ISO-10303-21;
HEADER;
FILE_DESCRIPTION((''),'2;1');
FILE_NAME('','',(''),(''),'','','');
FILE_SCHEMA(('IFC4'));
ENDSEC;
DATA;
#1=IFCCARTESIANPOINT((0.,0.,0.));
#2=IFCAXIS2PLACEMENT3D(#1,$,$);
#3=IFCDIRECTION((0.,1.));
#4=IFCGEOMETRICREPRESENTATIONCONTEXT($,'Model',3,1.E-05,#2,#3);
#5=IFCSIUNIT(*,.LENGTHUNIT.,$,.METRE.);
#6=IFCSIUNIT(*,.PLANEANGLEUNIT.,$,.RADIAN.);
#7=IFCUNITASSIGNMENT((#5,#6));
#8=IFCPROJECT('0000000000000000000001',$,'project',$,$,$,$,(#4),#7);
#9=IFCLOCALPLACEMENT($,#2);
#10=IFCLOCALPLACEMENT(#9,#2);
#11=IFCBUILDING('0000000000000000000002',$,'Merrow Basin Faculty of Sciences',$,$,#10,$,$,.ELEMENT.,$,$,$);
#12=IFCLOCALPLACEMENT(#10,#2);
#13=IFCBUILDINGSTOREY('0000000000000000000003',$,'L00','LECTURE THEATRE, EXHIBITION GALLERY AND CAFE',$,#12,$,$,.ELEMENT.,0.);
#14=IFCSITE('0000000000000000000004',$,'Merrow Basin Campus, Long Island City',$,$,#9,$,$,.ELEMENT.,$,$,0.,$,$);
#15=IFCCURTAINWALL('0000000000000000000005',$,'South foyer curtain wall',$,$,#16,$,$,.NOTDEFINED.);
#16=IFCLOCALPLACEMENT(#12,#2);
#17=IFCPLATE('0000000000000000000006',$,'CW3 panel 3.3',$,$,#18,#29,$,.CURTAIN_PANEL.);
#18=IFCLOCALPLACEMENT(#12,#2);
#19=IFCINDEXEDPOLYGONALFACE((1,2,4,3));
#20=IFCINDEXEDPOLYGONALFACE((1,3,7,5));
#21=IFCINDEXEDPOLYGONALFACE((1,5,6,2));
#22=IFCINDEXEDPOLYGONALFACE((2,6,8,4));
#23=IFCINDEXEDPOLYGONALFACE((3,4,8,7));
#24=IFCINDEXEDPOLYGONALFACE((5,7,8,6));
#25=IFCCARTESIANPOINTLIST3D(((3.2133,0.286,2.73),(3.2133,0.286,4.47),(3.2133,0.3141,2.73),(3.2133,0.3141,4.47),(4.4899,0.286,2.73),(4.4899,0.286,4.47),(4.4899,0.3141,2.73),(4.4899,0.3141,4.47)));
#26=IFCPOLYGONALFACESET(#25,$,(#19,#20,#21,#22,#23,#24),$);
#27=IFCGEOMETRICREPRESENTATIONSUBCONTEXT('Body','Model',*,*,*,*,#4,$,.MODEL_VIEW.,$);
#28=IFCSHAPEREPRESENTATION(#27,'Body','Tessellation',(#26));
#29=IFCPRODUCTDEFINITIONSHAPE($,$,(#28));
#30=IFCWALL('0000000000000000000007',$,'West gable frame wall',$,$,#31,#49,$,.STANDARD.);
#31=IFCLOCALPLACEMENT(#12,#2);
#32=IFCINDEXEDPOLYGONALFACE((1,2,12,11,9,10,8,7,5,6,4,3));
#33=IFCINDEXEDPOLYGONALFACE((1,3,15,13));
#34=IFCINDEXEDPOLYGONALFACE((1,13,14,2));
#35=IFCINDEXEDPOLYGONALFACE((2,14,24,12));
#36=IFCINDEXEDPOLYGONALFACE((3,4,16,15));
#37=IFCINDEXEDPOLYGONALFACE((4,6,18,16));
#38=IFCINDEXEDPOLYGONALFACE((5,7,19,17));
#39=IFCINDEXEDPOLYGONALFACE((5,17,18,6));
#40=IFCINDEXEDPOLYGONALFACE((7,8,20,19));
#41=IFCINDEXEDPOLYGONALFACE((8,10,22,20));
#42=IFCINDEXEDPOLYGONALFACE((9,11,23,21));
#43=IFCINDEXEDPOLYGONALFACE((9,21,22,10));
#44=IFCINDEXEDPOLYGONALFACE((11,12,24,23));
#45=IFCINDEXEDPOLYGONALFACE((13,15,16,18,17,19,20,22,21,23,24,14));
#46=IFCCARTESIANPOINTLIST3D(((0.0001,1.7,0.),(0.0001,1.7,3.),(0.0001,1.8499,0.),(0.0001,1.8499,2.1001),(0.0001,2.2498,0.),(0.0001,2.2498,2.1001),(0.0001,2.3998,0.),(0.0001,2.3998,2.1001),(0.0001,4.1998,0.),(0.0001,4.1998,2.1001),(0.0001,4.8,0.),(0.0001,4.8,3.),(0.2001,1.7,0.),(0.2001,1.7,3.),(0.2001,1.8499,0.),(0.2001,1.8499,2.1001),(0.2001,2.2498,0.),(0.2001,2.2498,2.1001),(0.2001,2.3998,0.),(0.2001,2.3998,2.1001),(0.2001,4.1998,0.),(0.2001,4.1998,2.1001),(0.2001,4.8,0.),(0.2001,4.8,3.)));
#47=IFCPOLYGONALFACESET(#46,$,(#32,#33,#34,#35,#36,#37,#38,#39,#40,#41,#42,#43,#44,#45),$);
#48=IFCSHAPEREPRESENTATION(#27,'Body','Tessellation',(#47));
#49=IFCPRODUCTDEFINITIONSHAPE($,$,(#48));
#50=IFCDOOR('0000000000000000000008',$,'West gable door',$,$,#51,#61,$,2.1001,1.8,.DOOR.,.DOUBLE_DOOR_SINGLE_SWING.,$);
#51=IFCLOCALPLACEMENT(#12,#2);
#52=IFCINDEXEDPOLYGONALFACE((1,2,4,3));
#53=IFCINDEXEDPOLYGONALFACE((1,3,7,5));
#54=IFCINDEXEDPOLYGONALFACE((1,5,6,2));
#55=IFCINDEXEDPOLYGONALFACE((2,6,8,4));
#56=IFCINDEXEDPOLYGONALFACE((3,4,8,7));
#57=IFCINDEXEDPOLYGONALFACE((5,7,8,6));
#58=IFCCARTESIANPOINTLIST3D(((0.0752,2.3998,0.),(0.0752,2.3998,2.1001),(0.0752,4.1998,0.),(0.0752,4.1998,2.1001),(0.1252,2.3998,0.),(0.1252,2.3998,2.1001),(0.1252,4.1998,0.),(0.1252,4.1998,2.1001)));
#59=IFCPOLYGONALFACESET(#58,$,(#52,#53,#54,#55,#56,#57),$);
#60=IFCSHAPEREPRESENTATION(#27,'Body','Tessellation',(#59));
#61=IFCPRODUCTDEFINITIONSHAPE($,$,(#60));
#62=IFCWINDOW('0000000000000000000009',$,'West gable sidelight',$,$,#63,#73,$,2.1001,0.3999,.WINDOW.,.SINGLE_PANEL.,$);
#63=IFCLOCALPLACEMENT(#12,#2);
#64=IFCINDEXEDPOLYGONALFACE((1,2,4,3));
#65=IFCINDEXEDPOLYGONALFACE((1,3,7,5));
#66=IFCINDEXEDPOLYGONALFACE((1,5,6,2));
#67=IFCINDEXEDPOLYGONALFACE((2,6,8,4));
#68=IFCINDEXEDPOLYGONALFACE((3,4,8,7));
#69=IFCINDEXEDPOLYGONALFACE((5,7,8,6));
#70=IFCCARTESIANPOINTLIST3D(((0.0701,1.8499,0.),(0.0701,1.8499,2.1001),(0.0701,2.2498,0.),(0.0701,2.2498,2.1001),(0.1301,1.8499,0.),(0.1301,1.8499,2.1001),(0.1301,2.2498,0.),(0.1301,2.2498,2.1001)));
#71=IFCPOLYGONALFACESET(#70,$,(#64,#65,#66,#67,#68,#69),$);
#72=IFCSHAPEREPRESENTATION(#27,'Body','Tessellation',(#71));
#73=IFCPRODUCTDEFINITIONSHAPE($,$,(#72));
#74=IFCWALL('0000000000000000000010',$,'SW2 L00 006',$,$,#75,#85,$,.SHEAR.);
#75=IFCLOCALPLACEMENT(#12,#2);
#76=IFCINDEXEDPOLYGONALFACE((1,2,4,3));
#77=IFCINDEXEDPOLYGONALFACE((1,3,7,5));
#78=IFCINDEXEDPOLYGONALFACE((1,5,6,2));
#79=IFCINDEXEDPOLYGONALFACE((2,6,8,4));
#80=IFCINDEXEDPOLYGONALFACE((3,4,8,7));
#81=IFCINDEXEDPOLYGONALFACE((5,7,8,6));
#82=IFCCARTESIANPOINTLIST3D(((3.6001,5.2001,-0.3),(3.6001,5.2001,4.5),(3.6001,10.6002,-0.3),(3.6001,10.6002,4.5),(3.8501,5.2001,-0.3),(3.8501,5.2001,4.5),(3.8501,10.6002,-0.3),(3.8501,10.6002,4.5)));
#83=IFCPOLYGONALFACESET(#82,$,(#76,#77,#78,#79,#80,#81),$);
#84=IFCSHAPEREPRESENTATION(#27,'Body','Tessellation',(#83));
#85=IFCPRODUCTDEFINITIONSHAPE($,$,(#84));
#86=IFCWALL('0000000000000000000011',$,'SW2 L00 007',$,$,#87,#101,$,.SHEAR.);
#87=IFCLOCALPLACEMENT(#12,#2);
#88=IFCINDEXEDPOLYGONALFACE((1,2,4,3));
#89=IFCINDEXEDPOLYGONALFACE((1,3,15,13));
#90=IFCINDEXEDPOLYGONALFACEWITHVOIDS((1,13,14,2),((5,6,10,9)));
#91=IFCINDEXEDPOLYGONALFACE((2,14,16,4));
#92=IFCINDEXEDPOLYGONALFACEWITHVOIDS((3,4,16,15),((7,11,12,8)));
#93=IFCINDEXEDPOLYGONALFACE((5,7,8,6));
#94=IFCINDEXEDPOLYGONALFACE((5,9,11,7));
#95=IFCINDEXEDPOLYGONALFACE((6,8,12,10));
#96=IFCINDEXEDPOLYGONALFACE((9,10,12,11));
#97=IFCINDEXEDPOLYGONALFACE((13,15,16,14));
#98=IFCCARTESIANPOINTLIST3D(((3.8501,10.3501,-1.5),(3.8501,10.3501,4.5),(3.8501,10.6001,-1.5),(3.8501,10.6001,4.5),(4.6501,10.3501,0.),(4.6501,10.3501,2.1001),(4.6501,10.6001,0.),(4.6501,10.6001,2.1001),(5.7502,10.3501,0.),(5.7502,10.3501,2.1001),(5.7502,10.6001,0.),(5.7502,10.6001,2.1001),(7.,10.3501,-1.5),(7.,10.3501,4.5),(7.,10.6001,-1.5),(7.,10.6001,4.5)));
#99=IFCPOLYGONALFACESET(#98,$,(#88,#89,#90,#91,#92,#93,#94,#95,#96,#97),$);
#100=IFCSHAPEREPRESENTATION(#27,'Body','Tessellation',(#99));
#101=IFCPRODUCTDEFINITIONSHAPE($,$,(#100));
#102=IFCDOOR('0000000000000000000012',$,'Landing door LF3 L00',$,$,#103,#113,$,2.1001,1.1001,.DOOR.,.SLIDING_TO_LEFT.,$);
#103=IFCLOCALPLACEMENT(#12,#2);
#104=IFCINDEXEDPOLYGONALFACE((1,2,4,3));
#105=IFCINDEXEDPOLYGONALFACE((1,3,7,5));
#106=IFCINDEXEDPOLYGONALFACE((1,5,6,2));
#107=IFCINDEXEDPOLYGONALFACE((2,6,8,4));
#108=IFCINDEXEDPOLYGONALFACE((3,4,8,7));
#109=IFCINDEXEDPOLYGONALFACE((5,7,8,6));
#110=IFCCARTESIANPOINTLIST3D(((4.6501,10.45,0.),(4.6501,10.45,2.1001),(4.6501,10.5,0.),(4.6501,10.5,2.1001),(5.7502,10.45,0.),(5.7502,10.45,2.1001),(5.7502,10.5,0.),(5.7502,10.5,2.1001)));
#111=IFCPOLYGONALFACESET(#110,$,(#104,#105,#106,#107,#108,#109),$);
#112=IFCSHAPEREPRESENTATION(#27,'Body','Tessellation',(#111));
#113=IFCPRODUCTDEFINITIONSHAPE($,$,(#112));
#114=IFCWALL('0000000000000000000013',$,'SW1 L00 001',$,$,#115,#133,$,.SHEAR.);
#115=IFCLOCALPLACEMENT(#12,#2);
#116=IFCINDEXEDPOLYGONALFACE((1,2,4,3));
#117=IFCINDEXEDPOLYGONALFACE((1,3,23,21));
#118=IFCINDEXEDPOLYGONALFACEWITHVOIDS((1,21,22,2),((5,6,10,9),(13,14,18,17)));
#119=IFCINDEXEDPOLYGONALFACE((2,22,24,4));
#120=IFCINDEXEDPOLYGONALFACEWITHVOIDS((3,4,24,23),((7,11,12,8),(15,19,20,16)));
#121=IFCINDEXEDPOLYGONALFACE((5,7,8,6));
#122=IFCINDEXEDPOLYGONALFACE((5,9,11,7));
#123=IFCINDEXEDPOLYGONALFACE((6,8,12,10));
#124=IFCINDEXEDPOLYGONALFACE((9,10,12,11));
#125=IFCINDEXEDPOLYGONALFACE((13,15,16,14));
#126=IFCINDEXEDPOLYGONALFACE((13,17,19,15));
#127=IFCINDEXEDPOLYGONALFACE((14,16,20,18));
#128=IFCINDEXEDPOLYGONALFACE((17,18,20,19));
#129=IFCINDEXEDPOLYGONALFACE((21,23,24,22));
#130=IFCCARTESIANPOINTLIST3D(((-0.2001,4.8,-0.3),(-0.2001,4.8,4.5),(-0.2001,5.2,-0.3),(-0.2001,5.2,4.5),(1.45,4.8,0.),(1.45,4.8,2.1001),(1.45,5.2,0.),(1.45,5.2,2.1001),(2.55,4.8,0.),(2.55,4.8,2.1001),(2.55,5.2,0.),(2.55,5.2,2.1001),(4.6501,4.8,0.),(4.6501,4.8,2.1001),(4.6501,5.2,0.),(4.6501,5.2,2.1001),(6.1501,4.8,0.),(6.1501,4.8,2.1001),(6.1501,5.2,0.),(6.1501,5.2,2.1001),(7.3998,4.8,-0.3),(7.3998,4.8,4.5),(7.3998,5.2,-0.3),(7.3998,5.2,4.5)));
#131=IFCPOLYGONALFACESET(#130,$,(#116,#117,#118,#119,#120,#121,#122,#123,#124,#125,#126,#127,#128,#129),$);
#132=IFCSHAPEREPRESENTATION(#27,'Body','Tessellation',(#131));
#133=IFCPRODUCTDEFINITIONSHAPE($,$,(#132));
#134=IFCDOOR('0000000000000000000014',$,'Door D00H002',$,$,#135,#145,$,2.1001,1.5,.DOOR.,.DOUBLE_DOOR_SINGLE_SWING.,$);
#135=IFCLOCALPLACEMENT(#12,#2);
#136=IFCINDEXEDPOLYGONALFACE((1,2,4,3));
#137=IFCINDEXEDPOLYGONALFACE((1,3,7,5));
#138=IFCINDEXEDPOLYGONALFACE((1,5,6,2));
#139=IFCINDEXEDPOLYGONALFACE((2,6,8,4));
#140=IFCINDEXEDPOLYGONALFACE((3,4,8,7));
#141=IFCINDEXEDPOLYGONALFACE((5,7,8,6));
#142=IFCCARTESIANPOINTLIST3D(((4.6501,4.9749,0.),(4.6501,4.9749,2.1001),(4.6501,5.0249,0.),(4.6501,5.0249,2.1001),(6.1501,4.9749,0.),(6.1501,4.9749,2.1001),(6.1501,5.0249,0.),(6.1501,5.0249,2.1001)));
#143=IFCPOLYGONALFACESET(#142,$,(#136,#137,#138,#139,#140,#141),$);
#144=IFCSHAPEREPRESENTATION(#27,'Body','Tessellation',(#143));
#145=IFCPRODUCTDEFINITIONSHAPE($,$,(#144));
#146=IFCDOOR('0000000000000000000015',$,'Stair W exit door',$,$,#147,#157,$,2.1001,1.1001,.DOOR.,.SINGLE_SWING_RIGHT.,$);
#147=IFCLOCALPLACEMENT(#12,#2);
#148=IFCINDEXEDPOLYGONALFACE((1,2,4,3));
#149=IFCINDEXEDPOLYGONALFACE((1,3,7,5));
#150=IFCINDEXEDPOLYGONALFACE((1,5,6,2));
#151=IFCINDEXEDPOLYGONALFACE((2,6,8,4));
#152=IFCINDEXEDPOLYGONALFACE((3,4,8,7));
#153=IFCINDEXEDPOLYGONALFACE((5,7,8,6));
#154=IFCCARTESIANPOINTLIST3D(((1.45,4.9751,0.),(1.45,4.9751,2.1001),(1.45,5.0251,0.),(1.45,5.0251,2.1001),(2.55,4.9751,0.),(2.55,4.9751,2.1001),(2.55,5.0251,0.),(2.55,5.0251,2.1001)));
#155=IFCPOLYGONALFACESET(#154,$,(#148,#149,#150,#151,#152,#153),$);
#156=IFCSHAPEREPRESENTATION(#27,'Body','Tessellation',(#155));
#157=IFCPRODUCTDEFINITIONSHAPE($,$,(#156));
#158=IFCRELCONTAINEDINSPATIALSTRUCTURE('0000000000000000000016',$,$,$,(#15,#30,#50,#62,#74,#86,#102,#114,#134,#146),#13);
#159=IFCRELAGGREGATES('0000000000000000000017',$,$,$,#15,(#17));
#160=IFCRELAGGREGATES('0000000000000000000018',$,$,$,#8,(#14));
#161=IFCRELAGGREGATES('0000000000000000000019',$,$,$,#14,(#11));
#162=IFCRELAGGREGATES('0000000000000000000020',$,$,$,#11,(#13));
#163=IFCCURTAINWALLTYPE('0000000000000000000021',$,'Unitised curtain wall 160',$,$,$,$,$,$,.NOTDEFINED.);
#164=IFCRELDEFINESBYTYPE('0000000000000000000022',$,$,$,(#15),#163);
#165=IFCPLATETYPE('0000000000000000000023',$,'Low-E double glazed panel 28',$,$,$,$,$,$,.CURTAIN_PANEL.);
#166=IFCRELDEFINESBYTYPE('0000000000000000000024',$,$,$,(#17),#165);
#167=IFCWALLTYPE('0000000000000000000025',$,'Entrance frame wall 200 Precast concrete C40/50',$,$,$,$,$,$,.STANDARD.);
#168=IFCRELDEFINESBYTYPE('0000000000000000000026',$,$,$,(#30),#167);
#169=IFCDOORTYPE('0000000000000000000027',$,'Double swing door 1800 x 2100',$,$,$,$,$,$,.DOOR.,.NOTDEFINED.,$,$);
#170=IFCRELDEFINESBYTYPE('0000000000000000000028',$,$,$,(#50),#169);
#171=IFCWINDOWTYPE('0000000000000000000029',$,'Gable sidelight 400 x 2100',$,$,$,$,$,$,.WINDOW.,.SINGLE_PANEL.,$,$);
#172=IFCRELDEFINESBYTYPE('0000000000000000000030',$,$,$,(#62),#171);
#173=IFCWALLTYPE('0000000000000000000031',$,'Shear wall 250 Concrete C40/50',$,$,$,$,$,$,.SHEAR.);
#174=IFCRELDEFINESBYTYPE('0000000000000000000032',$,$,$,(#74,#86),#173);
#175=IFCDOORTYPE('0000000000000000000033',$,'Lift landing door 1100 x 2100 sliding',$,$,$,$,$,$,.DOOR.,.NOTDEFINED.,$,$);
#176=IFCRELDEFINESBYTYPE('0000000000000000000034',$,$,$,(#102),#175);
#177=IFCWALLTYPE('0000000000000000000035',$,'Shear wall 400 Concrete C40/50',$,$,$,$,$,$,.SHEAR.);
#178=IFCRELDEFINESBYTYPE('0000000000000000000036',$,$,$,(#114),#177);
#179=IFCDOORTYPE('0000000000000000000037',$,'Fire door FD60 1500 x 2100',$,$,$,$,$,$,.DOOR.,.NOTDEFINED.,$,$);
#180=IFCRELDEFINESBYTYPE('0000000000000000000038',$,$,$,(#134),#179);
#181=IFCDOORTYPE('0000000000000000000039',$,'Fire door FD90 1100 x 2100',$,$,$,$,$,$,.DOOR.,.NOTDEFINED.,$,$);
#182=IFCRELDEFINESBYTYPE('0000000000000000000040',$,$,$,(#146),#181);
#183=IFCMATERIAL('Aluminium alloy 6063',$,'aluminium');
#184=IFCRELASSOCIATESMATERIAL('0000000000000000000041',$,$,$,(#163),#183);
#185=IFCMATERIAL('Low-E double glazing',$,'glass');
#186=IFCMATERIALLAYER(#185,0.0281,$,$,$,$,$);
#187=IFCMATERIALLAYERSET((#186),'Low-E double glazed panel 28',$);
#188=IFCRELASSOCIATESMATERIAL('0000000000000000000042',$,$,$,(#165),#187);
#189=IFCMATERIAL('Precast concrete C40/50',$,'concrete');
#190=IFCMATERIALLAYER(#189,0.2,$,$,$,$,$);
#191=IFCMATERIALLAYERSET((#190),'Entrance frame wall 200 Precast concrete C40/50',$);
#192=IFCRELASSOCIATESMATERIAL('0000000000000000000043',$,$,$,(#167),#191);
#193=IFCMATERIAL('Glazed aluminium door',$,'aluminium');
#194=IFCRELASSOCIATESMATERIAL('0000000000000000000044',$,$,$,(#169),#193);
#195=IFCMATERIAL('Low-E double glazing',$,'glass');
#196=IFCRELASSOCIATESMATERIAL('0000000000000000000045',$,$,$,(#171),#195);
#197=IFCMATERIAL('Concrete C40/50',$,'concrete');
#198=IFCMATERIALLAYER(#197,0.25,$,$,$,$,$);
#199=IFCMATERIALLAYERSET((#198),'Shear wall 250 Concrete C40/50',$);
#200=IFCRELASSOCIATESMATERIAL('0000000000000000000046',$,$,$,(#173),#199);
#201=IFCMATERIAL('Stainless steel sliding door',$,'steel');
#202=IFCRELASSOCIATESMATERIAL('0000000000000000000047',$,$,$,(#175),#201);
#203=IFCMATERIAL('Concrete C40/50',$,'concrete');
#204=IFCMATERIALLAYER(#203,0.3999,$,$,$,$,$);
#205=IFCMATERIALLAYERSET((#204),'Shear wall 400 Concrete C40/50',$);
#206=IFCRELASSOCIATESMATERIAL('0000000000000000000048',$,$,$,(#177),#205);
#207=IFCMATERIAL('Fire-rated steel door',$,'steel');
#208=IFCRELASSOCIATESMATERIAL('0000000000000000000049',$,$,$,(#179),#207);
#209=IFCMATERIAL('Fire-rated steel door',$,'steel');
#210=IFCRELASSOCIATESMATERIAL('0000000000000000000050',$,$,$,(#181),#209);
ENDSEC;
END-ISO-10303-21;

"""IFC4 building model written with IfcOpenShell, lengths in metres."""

from ifc_helpers import new_model, si_unit, direction, frame, frame_2d, origin, origin_2d, place, context, subcontext, project, spatial, rectangle, extrude, material, layer, layer_set, type_object, element, fill, aggregate, save


model = new_model("IFC4")

# Units and contexts
model_context = context("Model", 3, precision=1e-05, world=origin(), true_north=direction((0.0, 1.0)))
body_context = subcontext(model_context, "Body", "Model", "MODEL_VIEW")
ifc_project = project(units=[si_unit("LENGTHUNIT", "METRE"), si_unit("PLANEANGLEUNIT", "RADIAN")], contexts=[model_context])

# Site, building, storey
site_placement = place(None, origin())
site = spatial("IfcSite", under=ifc_project, at=site_placement, Name="Merrow Basin Campus, Long Island City", CompositionType="ELEMENT", RefElevation=0.0)
building_placement = place(site_placement, origin())
building = spatial("IfcBuilding", under=site, at=building_placement, Name="Merrow Basin Faculty of Sciences", CompositionType="ELEMENT")
storey_placement = place(building_placement, origin())
storey = spatial("IfcBuildingStorey", under=building, at=storey_placement, Name="L00", Description="LECTURE THEATRE, EXHIBITION GALLERY AND CAFE", CompositionType="ELEMENT", Elevation=0.0)

# Curtain wall, plate
ifc_material_1 = material(Name="Aluminium alloy 6063", Category="aluminium")
curtain_wall_type = type_object("IfcCurtainWallType", Name="Unitised curtain wall 160", PredefinedType="NOTDEFINED", material=ifc_material_1)
curtain_wall_placement = place(storey_placement, origin())
curtain_wall = element("IfcCurtainWall", 1, at=curtain_wall_placement, inside=storey, type_object=curtain_wall_type, Name="South foyer curtain wall", PredefinedType="NOTDEFINED")
ifc_material_2 = material(Name="Low-E double glazing", Category="glass")
ifc_layer_1 = layer(ifc_material_2, 0.0281)
ifc_layer_set_1 = layer_set([ifc_layer_1], Name="Low-E double glazed panel 28")
plate_type = type_object("IfcPlateType", Name="Low-E double glazed panel 28", PredefinedType="CURTAIN_PANEL", material=ifc_layer_set_1)
plate_1_placement = place(storey_placement, frame((3.8516, 0.3, 2.73), z_axis=(0.0, 0.0, 1.0), x_axis=(1.0, 0.0, 0.0)))
plate_1 = element("IfcPlate", 2, at=plate_1_placement, type_object=plate_type, Name="CW3 panel 3.3", PredefinedType="CURTAIN_PANEL", context=body_context, shape_type="SweptSolid", body=[
    extrude(rectangle(XDim=1.2766, YDim=0.0281, at=origin_2d()), origin(), (0.0, 0.0, 1.0), 1.74),
])
aggregate(curtain_wall, [plate_1])

# Wall, openings, door, window
ifc_material_3 = material(Name="Precast concrete C40/50", Category="concrete")
ifc_layer_2 = layer(ifc_material_3, 0.2)
ifc_layer_set_2 = layer_set([ifc_layer_2], Name="Entrance frame wall 200 Precast concrete C40/50")
wall_type_1 = type_object("IfcWallType", Name="Entrance frame wall 200 Precast concrete C40/50", PredefinedType="STANDARD", material=ifc_layer_set_2)
wall_1_placement = place(storey_placement, frame((0.1001, 1.7, 0.0), z_axis=(0.0, 0.0, 1.0), x_axis=(0.0, 1.0, 0.0)))
wall_1 = element("IfcWall", 3, at=wall_1_placement, inside=storey, type_object=wall_type_1, Name="West gable frame wall", PredefinedType="STANDARD", context=body_context, shape_type="SweptSolid", body=[
    extrude(rectangle(XDim=3.1001, YDim=0.2, at=frame_2d((1.55, 0.0))), origin(), (0.0, 0.0, 1.0), 3.0),
])
opening_1_placement = place(wall_1_placement, frame((0.7, 0.0, 0.0)))
opening_1 = element("IfcOpeningElement", 4, at=opening_1_placement, cuts=wall_1, PredefinedType="OPENING", context=body_context, shape_type="SweptSolid", body=[
    extrude(rectangle(XDim=1.8, YDim=2.1001, at=frame_2d((0.8999, 1.05))), frame((0.0, 0.1099, 0.0), z_axis=(0.0, -1.0, 0.0), x_axis=(1.0, 0.0, 0.0)), (0.0, 0.0, 1.0), 0.22),
])
opening_2_placement = place(wall_1_placement, frame((0.1499, 0.0, 0.0)))
opening_2 = element("IfcOpeningElement", 5, at=opening_2_placement, cuts=wall_1, PredefinedType="OPENING", context=body_context, shape_type="SweptSolid", body=[
    extrude(rectangle(XDim=0.3999, YDim=2.1001, at=frame_2d((0.2, 1.05))), frame((0.0, 0.1099, 0.0), z_axis=(0.0, -1.0, 0.0), x_axis=(1.0, 0.0, 0.0)), (0.0, 0.0, 1.0), 0.22),
])
ifc_material_4 = material(Name="Glazed aluminium door", Category="aluminium")
door_type_1 = type_object("IfcDoorType", Name="Double swing door 1800 x 2100", OperationType="NOTDEFINED", PredefinedType="DOOR", material=ifc_material_4)
door_1_placement = place(opening_1_placement, origin())
door_1 = element("IfcDoor", 6, at=door_1_placement, inside=storey, type_object=door_type_1, Name="West gable door", OperationType="DOUBLE_DOOR_SINGLE_SWING", OverallHeight=2.1001, OverallWidth=1.8, PredefinedType="DOOR", context=body_context, shape_type="SweptSolid", body=[
    extrude(rectangle(XDim=1.8, YDim=2.1001, at=frame_2d((0.8999, 1.05))), frame((0.0, 0.0249, 0.0), z_axis=(0.0, -1.0, 0.0), x_axis=(1.0, 0.0, 0.0)), (0.0, 0.0, 1.0), 0.05),
])
fill(opening_1, door_1)
ifc_material_5 = material(Name="Low-E double glazing", Category="glass")
window_type = type_object("IfcWindowType", Name="Gable sidelight 400 x 2100", PartitioningType="SINGLE_PANEL", PredefinedType="WINDOW", material=ifc_material_5)
window_placement = place(opening_2_placement, origin())
window = element("IfcWindow", 7, at=window_placement, inside=storey, type_object=window_type, Name="West gable sidelight", OverallHeight=2.1001, OverallWidth=0.3999, PartitioningType="SINGLE_PANEL", PredefinedType="WINDOW", context=body_context, shape_type="SweptSolid", body=[
    extrude(rectangle(XDim=0.3999, YDim=2.1001, at=frame_2d((0.2, 1.05))), frame((0.0, 0.03, 0.0), z_axis=(0.0, -1.0, 0.0), x_axis=(1.0, 0.0, 0.0)), (0.0, 0.0, 1.0), 0.0601),
])
fill(opening_2, window)

# Wall
ifc_material_6 = material(Name="Concrete C40/50", Category="concrete")
ifc_layer_3 = layer(ifc_material_6, 0.25)
ifc_layer_set_3 = layer_set([ifc_layer_3], Name="Shear wall 250 Concrete C40/50")
wall_type_2 = type_object("IfcWallType", Name="Shear wall 250 Concrete C40/50", PredefinedType="SHEAR", material=ifc_layer_set_3)
wall_2_placement = place(storey_placement, frame((3.7251, 5.2, -0.3), z_axis=(0.0, 0.0, 1.0), x_axis=(0.0, 1.0, 0.0)))
element("IfcWall", 8, at=wall_2_placement, inside=storey, type_object=wall_type_2, Name="SW2 L00 006", PredefinedType="SHEAR", context=body_context, shape_type="SweptSolid", body=[
    extrude(rectangle(XDim=5.4001, YDim=0.25, at=frame_2d((2.7002, 0.0))), origin(), (0.0, 0.0, 1.0), 4.8),
])

# Wall, opening, door
wall_3_placement = place(storey_placement, frame((3.8501, 10.4751, -1.5), z_axis=(0.0, 0.0, 1.0), x_axis=(1.0, 0.0, 0.0)))
wall_3 = element("IfcWall", 9, at=wall_3_placement, inside=storey, type_object=wall_type_2, Name="SW2 L00 007", PredefinedType="SHEAR", context=body_context, shape_type="SweptSolid", body=[
    extrude(rectangle(XDim=3.1499, YDim=0.25, at=frame_2d((1.575, 0.0))), origin(), (0.0, 0.0, 1.0), 6.0),
])
opening_3_placement = place(wall_3_placement, frame((0.8, 0.0, 1.5)))
opening_3 = element("IfcOpeningElement", 10, at=opening_3_placement, cuts=wall_3, PredefinedType="OPENING", context=body_context, shape_type="SweptSolid", body=[
    extrude(rectangle(XDim=1.1001, YDim=2.1001, at=frame_2d((0.55, 1.05))), frame((0.0, 0.135, 0.0), z_axis=(0.0, -1.0, 0.0), x_axis=(1.0, 0.0, 0.0)), (0.0, 0.0, 1.0), 0.27),
])
ifc_material_7 = material(Name="Stainless steel sliding door", Category="steel")
door_type_2 = type_object("IfcDoorType", Name="Lift landing door 1100 x 2100 sliding", OperationType="NOTDEFINED", PredefinedType="DOOR", material=ifc_material_7)
door_2_placement = place(opening_3_placement, origin())
door_2 = element("IfcDoor", 11, at=door_2_placement, inside=storey, type_object=door_type_2, Name="Landing door LF3 L00", OperationType="SLIDING_TO_LEFT", OverallHeight=2.1001, OverallWidth=1.1001, PredefinedType="DOOR", context=body_context, shape_type="SweptSolid", body=[
    extrude(rectangle(XDim=1.1001, YDim=2.1001, at=frame_2d((0.55, 1.05))), frame((0.0, 0.0249, 0.0), z_axis=(0.0, -1.0, 0.0), x_axis=(1.0, 0.0, 0.0)), (0.0, 0.0, 1.0), 0.05),
])
fill(opening_3, door_2)

# Wall, openings, doors
ifc_material_8 = material(Name="Concrete C40/50", Category="concrete")
ifc_layer_4 = layer(ifc_material_8, 0.3999)
ifc_layer_set_4 = layer_set([ifc_layer_4], Name="Shear wall 400 Concrete C40/50")
wall_type_3 = type_object("IfcWallType", Name="Shear wall 400 Concrete C40/50", PredefinedType="SHEAR", material=ifc_layer_set_4)
wall_4_placement = place(storey_placement, frame((-0.2, 5.0, -0.3), z_axis=(0.0, 0.0, 1.0), x_axis=(1.0, 0.0, 0.0)))
wall_4 = element("IfcWall", 12, at=wall_4_placement, inside=storey, type_object=wall_type_3, Name="SW1 L00 001", PredefinedType="SHEAR", context=body_context, shape_type="SweptSolid", body=[
    extrude(rectangle(XDim=7.5999, YDim=0.3999, at=frame_2d((3.7998, 0.0))), origin(), (0.0, 0.0, 1.0), 4.8),
])
opening_4_placement = place(wall_4_placement, frame((1.6499, 0.0, 0.3)))
opening_4 = element("IfcOpeningElement", 13, at=opening_4_placement, cuts=wall_4, PredefinedType="OPENING", context=body_context, shape_type="SweptSolid", body=[
    extrude(rectangle(XDim=1.1001, YDim=2.1001, at=frame_2d((0.55, 1.05))), frame((0.0, 0.21, 0.0), z_axis=(0.0, -1.0, 0.0), x_axis=(1.0, 0.0, 0.0)), (0.0, 0.0, 1.0), 0.4199),
])
opening_5_placement = place(wall_4_placement, frame((4.8501, 0.0, 0.3)))
opening_5 = element("IfcOpeningElement", 14, at=opening_5_placement, cuts=wall_4, PredefinedType="OPENING", context=body_context, shape_type="SweptSolid", body=[
    extrude(rectangle(XDim=1.5, YDim=2.1001, at=frame_2d((0.75, 1.05))), frame((0.0, 0.21, 0.0), z_axis=(0.0, -1.0, 0.0), x_axis=(1.0, 0.0, 0.0)), (0.0, 0.0, 1.0), 0.4199),
])
ifc_material_9 = material(Name="Fire-rated steel door", Category="steel")
door_type_3 = type_object("IfcDoorType", Name="Fire door FD60 1500 x 2100", OperationType="NOTDEFINED", PredefinedType="DOOR", material=ifc_material_9)
door_3_placement = place(opening_5_placement, origin())
door_3 = element("IfcDoor", 15, at=door_3_placement, inside=storey, type_object=door_type_3, Name="Door D00H002", OperationType="DOUBLE_DOOR_SINGLE_SWING", OverallHeight=2.1001, OverallWidth=1.5, PredefinedType="DOOR", context=body_context, shape_type="SweptSolid", body=[
    extrude(rectangle(XDim=1.5, YDim=2.1001, at=frame_2d((0.75, 1.05))), frame((0.0, 0.0249, 0.0), z_axis=(0.0, -1.0, 0.0), x_axis=(1.0, 0.0, 0.0)), (0.0, 0.0, 1.0), 0.05),
])
fill(opening_5, door_3)
ifc_material_10 = material(Name="Fire-rated steel door", Category="steel")
door_type_4 = type_object("IfcDoorType", Name="Fire door FD90 1100 x 2100", OperationType="NOTDEFINED", PredefinedType="DOOR", material=ifc_material_10)
door_4_placement = place(opening_4_placement, frame((1.1001, 0.0, 0.0), z_axis=(0.0, 0.0, 1.0), x_axis=(-1.0, 0.0, 0.0)))
door_4 = element("IfcDoor", 16, at=door_4_placement, inside=storey, type_object=door_type_4, Name="Stair W exit door", OperationType="SINGLE_SWING_RIGHT", OverallHeight=2.1001, OverallWidth=1.1001, PredefinedType="DOOR", context=body_context, shape_type="SweptSolid", body=[
    extrude(rectangle(XDim=1.1001, YDim=2.1001, at=frame_2d((0.55, 1.05))), frame((0.0, 0.0249, 0.0), z_axis=(0.0, -1.0, 0.0), x_axis=(1.0, 0.0, 0.0)), (0.0, 0.0, 1.0), 0.05),
])
fill(opening_4, door_4)

save(model, "model.ifc")
